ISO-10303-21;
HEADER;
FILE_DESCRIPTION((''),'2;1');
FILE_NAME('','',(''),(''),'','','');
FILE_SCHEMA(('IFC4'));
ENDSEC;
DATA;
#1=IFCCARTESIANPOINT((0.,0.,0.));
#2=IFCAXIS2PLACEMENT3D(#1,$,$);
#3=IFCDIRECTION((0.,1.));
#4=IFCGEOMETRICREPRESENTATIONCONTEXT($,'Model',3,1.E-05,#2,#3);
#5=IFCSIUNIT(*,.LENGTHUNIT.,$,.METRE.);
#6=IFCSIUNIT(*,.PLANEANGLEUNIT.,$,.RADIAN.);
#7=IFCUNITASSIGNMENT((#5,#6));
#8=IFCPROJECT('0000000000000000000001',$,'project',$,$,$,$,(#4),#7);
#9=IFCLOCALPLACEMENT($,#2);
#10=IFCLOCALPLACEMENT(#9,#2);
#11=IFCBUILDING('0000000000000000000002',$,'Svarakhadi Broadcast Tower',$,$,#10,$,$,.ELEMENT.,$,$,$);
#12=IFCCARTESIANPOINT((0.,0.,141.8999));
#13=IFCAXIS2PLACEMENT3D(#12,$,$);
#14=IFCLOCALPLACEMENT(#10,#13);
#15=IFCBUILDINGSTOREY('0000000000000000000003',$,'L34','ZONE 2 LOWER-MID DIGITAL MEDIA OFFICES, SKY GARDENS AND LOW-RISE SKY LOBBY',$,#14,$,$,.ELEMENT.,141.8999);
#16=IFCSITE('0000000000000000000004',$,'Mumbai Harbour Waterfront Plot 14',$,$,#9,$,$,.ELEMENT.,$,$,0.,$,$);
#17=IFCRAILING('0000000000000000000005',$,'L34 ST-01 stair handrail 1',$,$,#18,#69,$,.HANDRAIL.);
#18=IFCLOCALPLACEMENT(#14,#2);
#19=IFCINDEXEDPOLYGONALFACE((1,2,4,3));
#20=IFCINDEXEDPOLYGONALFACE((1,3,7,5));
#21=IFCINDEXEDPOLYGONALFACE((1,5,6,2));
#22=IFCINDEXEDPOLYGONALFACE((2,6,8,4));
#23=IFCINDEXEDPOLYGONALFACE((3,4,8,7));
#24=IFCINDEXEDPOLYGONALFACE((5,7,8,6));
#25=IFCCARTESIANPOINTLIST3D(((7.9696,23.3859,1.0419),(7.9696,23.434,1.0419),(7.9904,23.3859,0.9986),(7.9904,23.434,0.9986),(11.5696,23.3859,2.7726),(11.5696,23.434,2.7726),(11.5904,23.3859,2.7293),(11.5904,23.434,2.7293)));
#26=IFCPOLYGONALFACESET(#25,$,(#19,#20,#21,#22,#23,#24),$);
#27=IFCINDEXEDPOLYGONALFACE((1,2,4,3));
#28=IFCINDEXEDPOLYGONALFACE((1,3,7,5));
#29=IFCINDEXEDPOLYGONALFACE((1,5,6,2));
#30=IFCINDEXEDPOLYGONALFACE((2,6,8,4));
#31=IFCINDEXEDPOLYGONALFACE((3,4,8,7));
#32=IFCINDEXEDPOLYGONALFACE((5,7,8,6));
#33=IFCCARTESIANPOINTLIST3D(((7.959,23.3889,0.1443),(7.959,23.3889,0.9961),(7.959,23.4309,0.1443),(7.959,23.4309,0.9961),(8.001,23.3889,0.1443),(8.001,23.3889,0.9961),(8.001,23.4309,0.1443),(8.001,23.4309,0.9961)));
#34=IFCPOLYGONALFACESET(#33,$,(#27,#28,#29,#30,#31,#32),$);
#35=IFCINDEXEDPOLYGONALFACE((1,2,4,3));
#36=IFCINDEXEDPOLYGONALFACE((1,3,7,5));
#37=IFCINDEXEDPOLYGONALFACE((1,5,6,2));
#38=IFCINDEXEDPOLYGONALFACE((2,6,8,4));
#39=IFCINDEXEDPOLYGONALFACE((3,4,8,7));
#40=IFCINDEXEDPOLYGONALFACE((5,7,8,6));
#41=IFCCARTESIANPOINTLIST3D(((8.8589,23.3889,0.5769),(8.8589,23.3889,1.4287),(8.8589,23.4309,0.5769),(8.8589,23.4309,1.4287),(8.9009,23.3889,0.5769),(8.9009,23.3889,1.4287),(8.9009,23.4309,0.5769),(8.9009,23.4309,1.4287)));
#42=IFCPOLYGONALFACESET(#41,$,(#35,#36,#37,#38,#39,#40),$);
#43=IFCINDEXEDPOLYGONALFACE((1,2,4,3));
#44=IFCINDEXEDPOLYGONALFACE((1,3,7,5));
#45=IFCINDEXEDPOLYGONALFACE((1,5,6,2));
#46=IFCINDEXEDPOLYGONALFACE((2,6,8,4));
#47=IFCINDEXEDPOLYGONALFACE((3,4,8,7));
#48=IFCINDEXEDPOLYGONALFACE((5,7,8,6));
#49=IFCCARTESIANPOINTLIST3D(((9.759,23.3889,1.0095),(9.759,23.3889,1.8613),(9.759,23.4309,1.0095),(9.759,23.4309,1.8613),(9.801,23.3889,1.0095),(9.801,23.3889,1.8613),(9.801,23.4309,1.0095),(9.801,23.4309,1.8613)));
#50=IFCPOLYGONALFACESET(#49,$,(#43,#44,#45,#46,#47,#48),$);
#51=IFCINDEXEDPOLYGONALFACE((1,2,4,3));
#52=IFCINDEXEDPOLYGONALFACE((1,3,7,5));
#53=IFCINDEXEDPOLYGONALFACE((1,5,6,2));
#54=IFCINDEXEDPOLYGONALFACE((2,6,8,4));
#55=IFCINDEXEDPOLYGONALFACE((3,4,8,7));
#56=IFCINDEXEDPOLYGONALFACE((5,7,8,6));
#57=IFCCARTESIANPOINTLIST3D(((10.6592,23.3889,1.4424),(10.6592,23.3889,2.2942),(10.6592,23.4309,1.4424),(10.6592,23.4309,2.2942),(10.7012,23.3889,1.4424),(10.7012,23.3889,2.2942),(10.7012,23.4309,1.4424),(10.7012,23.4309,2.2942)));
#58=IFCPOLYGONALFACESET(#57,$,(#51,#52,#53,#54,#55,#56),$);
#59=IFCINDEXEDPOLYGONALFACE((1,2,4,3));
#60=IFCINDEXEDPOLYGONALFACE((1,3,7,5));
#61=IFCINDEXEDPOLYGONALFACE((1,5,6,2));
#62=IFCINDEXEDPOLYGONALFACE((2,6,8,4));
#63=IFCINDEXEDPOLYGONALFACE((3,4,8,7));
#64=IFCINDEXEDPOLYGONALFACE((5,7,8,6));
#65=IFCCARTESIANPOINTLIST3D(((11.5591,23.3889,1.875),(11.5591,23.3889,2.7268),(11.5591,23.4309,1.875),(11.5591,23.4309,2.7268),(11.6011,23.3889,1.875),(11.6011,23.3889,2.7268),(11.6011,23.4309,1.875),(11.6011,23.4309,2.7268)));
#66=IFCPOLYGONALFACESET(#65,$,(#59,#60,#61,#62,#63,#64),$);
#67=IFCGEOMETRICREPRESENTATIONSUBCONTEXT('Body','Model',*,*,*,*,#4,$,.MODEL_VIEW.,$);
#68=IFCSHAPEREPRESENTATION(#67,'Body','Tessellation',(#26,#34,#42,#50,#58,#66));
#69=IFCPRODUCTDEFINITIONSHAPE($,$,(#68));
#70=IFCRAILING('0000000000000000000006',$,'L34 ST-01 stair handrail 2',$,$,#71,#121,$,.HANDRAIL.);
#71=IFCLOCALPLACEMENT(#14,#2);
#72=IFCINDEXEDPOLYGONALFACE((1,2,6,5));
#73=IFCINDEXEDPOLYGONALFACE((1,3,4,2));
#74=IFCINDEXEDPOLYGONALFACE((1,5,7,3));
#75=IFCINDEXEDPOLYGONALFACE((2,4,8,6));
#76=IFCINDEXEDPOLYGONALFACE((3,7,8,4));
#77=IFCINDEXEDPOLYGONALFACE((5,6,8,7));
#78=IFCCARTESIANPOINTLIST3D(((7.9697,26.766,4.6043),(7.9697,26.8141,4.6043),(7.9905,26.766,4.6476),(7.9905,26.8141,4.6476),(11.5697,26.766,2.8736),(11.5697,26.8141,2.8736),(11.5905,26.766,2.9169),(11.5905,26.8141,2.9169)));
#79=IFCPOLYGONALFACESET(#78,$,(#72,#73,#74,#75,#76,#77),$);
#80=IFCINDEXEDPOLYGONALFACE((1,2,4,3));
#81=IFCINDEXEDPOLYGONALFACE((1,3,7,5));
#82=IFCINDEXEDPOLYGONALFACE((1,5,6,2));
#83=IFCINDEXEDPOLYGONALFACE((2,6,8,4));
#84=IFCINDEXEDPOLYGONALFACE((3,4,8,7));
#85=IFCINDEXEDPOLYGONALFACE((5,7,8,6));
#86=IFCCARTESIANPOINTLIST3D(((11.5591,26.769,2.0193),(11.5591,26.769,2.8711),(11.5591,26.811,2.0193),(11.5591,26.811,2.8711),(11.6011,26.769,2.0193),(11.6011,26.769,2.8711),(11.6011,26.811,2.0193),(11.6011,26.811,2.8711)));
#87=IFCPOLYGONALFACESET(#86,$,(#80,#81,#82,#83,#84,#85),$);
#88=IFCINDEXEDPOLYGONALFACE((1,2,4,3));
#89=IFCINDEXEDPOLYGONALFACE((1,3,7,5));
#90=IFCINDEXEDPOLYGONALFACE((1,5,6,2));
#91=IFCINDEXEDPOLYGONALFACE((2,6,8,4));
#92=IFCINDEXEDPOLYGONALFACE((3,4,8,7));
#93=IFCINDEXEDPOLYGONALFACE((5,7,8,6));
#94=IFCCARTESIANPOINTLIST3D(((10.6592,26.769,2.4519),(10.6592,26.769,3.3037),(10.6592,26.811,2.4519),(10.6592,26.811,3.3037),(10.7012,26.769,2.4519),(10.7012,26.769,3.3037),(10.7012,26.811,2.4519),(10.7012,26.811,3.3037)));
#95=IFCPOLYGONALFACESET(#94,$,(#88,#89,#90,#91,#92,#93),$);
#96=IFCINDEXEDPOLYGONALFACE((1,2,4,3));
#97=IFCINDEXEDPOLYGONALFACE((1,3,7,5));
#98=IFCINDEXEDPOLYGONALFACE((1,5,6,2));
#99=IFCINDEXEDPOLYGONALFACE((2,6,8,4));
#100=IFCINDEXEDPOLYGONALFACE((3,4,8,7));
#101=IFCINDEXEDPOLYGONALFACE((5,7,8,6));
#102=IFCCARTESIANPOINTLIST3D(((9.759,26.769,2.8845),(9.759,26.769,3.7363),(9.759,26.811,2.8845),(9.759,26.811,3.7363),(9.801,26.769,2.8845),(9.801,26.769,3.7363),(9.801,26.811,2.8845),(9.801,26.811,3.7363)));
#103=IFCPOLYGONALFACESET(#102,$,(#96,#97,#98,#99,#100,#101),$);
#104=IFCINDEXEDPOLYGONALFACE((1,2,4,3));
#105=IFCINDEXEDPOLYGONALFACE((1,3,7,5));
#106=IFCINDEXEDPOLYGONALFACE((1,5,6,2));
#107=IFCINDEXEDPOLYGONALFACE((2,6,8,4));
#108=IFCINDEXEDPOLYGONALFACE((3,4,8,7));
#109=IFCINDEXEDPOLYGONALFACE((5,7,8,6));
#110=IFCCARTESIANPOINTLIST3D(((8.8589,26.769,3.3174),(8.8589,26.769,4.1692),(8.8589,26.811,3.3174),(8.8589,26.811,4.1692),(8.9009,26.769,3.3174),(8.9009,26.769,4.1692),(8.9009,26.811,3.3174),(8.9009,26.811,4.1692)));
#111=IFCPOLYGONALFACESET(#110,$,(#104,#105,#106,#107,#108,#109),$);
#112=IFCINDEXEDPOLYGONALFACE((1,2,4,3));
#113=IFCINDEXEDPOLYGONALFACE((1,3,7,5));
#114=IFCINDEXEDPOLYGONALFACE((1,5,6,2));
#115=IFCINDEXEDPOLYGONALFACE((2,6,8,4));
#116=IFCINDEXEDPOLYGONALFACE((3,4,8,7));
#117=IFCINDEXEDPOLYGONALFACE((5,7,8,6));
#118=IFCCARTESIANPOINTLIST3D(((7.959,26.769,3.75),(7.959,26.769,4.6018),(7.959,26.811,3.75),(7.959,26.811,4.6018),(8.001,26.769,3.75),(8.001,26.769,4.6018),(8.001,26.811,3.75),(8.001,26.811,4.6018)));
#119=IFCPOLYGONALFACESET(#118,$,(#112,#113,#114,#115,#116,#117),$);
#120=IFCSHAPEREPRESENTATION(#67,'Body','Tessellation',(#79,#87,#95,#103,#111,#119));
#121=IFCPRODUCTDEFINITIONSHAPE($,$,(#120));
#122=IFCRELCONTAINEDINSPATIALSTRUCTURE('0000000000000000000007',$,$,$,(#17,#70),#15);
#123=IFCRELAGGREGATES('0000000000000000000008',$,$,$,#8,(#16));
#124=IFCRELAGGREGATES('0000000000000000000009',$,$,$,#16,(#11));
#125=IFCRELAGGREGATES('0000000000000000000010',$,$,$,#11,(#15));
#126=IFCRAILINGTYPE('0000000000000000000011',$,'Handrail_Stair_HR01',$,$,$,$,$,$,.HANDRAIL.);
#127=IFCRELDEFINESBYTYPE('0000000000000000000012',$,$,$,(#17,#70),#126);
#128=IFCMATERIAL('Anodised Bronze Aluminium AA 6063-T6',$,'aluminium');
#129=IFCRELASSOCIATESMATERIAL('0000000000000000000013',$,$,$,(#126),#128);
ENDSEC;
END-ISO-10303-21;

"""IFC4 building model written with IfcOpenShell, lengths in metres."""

from ifc_helpers import new_model, si_unit, direction, frame, origin, origin_2d, place, context, subcontext, project, spatial, rectangle, extrude, material, type_object, element, save


model = new_model("IFC4")

# Units and contexts
model_context = context("Model", 3, precision=1e-05, world=origin(), true_north=direction((0.0, 1.0)))
body_context = subcontext(model_context, "Body", "Model", "MODEL_VIEW")
ifc_project = project(units=[si_unit("LENGTHUNIT", "METRE"), si_unit("PLANEANGLEUNIT", "RADIAN")], contexts=[model_context])

# Site, building, storey
site_placement = place(None, origin())
site = spatial("IfcSite", under=ifc_project, at=site_placement, Name="Mumbai Harbour Waterfront Plot 14", CompositionType="ELEMENT", RefElevation=0.0)
building_placement = place(site_placement, origin())
building = spatial("IfcBuilding", under=site, at=building_placement, Name="Svarakhadi Broadcast Tower", CompositionType="ELEMENT")
storey_placement = place(building_placement, frame((0.0, 0.0, 141.8999)))
storey = spatial("IfcBuildingStorey", under=building, at=storey_placement, Name="L34", Description="ZONE 2 LOWER-MID DIGITAL MEDIA OFFICES, SKY GARDENS AND LOW-RISE SKY LOBBY", CompositionType="ELEMENT", Elevation=141.8999)

# Railings
ifc_material_1 = material(Name="Anodised Bronze Aluminium AA 6063-T6", Category="aluminium")
railing_type_1 = type_object("IfcRailingType", Name="Handrail_Stair_HR01", PredefinedType="HANDRAIL", material=ifc_material_1)
railing_1_placement = place(storey_placement, frame((7.98, 23.4099, 0.1443)))
element("IfcRailing", 1, at=railing_1_placement, inside=storey, type_object=railing_type_1, Name="L34 ST-01 stair handrail 1", PredefinedType="HANDRAIL", context=body_context, shape_type="SweptSolid", body=[
    extrude(rectangle(XDim=0.0481, YDim=0.0481, at=origin_2d()), frame((0.0, 0.0, 0.876), z_axis=(0.901263, 0.0, 0.433273), x_axis=(0.0, 1.0, 0.0)), (0.0, 0.0, 1.0), 3.9944),
    extrude(rectangle(XDim=0.042, YDim=0.042, at=origin_2d()), origin(), (0.0, 0.0, 1.0), 0.8518),
    extrude(rectangle(XDim=0.042, YDim=0.042, at=origin_2d()), frame((0.8999, 0.0, 0.4326)), (0.0, 0.0, 1.0), 0.8518),
    extrude(rectangle(XDim=0.042, YDim=0.042, at=origin_2d()), frame((1.8, 0.0, 0.8652)), (0.0, 0.0, 1.0), 0.8518),
    extrude(rectangle(XDim=0.042, YDim=0.042, at=origin_2d()), frame((2.7002, 0.0, 1.2981)), (0.0, 0.0, 1.0), 0.8518),
    extrude(rectangle(XDim=0.042, YDim=0.042, at=origin_2d()), frame((3.6001, 0.0, 1.7307)), (0.0, 0.0, 1.0), 0.8518),
])
railing_2_placement = place(storey_placement, frame((11.5801, 26.79, 2.0193)))
element("IfcRailing", 2, at=railing_2_placement, inside=storey, type_object=railing_type_1, Name="L34 ST-01 stair handrail 2", PredefinedType="HANDRAIL", context=body_context, shape_type="SweptSolid", body=[
    extrude(rectangle(XDim=0.0481, YDim=0.0481, at=origin_2d()), frame((0.0, 0.0, 0.876), z_axis=(-0.901263, 0.0, 0.433273), x_axis=(0.0, -1.0, 0.0)), (0.0, 0.0, 1.0), 3.9944),
    extrude(rectangle(XDim=0.042, YDim=0.042, at=origin_2d()), origin(), (0.0, 0.0, 1.0), 0.8518),
    extrude(rectangle(XDim=0.042, YDim=0.042, at=origin_2d()), frame((-0.8999, 0.0, 0.4326)), (0.0, 0.0, 1.0), 0.8518),
    extrude(rectangle(XDim=0.042, YDim=0.042, at=origin_2d()), frame((-1.8, 0.0, 0.8652)), (0.0, 0.0, 1.0), 0.8518),
    extrude(rectangle(XDim=0.042, YDim=0.042, at=origin_2d()), frame((-2.7002, 0.0, 1.2981)), (0.0, 0.0, 1.0), 0.8518),
    extrude(rectangle(XDim=0.042, YDim=0.042, at=origin_2d()), frame((-3.6001, 0.0, 1.7307)), (0.0, 0.0, 1.0), 0.8518),
])

save(model, "model.ifc")
